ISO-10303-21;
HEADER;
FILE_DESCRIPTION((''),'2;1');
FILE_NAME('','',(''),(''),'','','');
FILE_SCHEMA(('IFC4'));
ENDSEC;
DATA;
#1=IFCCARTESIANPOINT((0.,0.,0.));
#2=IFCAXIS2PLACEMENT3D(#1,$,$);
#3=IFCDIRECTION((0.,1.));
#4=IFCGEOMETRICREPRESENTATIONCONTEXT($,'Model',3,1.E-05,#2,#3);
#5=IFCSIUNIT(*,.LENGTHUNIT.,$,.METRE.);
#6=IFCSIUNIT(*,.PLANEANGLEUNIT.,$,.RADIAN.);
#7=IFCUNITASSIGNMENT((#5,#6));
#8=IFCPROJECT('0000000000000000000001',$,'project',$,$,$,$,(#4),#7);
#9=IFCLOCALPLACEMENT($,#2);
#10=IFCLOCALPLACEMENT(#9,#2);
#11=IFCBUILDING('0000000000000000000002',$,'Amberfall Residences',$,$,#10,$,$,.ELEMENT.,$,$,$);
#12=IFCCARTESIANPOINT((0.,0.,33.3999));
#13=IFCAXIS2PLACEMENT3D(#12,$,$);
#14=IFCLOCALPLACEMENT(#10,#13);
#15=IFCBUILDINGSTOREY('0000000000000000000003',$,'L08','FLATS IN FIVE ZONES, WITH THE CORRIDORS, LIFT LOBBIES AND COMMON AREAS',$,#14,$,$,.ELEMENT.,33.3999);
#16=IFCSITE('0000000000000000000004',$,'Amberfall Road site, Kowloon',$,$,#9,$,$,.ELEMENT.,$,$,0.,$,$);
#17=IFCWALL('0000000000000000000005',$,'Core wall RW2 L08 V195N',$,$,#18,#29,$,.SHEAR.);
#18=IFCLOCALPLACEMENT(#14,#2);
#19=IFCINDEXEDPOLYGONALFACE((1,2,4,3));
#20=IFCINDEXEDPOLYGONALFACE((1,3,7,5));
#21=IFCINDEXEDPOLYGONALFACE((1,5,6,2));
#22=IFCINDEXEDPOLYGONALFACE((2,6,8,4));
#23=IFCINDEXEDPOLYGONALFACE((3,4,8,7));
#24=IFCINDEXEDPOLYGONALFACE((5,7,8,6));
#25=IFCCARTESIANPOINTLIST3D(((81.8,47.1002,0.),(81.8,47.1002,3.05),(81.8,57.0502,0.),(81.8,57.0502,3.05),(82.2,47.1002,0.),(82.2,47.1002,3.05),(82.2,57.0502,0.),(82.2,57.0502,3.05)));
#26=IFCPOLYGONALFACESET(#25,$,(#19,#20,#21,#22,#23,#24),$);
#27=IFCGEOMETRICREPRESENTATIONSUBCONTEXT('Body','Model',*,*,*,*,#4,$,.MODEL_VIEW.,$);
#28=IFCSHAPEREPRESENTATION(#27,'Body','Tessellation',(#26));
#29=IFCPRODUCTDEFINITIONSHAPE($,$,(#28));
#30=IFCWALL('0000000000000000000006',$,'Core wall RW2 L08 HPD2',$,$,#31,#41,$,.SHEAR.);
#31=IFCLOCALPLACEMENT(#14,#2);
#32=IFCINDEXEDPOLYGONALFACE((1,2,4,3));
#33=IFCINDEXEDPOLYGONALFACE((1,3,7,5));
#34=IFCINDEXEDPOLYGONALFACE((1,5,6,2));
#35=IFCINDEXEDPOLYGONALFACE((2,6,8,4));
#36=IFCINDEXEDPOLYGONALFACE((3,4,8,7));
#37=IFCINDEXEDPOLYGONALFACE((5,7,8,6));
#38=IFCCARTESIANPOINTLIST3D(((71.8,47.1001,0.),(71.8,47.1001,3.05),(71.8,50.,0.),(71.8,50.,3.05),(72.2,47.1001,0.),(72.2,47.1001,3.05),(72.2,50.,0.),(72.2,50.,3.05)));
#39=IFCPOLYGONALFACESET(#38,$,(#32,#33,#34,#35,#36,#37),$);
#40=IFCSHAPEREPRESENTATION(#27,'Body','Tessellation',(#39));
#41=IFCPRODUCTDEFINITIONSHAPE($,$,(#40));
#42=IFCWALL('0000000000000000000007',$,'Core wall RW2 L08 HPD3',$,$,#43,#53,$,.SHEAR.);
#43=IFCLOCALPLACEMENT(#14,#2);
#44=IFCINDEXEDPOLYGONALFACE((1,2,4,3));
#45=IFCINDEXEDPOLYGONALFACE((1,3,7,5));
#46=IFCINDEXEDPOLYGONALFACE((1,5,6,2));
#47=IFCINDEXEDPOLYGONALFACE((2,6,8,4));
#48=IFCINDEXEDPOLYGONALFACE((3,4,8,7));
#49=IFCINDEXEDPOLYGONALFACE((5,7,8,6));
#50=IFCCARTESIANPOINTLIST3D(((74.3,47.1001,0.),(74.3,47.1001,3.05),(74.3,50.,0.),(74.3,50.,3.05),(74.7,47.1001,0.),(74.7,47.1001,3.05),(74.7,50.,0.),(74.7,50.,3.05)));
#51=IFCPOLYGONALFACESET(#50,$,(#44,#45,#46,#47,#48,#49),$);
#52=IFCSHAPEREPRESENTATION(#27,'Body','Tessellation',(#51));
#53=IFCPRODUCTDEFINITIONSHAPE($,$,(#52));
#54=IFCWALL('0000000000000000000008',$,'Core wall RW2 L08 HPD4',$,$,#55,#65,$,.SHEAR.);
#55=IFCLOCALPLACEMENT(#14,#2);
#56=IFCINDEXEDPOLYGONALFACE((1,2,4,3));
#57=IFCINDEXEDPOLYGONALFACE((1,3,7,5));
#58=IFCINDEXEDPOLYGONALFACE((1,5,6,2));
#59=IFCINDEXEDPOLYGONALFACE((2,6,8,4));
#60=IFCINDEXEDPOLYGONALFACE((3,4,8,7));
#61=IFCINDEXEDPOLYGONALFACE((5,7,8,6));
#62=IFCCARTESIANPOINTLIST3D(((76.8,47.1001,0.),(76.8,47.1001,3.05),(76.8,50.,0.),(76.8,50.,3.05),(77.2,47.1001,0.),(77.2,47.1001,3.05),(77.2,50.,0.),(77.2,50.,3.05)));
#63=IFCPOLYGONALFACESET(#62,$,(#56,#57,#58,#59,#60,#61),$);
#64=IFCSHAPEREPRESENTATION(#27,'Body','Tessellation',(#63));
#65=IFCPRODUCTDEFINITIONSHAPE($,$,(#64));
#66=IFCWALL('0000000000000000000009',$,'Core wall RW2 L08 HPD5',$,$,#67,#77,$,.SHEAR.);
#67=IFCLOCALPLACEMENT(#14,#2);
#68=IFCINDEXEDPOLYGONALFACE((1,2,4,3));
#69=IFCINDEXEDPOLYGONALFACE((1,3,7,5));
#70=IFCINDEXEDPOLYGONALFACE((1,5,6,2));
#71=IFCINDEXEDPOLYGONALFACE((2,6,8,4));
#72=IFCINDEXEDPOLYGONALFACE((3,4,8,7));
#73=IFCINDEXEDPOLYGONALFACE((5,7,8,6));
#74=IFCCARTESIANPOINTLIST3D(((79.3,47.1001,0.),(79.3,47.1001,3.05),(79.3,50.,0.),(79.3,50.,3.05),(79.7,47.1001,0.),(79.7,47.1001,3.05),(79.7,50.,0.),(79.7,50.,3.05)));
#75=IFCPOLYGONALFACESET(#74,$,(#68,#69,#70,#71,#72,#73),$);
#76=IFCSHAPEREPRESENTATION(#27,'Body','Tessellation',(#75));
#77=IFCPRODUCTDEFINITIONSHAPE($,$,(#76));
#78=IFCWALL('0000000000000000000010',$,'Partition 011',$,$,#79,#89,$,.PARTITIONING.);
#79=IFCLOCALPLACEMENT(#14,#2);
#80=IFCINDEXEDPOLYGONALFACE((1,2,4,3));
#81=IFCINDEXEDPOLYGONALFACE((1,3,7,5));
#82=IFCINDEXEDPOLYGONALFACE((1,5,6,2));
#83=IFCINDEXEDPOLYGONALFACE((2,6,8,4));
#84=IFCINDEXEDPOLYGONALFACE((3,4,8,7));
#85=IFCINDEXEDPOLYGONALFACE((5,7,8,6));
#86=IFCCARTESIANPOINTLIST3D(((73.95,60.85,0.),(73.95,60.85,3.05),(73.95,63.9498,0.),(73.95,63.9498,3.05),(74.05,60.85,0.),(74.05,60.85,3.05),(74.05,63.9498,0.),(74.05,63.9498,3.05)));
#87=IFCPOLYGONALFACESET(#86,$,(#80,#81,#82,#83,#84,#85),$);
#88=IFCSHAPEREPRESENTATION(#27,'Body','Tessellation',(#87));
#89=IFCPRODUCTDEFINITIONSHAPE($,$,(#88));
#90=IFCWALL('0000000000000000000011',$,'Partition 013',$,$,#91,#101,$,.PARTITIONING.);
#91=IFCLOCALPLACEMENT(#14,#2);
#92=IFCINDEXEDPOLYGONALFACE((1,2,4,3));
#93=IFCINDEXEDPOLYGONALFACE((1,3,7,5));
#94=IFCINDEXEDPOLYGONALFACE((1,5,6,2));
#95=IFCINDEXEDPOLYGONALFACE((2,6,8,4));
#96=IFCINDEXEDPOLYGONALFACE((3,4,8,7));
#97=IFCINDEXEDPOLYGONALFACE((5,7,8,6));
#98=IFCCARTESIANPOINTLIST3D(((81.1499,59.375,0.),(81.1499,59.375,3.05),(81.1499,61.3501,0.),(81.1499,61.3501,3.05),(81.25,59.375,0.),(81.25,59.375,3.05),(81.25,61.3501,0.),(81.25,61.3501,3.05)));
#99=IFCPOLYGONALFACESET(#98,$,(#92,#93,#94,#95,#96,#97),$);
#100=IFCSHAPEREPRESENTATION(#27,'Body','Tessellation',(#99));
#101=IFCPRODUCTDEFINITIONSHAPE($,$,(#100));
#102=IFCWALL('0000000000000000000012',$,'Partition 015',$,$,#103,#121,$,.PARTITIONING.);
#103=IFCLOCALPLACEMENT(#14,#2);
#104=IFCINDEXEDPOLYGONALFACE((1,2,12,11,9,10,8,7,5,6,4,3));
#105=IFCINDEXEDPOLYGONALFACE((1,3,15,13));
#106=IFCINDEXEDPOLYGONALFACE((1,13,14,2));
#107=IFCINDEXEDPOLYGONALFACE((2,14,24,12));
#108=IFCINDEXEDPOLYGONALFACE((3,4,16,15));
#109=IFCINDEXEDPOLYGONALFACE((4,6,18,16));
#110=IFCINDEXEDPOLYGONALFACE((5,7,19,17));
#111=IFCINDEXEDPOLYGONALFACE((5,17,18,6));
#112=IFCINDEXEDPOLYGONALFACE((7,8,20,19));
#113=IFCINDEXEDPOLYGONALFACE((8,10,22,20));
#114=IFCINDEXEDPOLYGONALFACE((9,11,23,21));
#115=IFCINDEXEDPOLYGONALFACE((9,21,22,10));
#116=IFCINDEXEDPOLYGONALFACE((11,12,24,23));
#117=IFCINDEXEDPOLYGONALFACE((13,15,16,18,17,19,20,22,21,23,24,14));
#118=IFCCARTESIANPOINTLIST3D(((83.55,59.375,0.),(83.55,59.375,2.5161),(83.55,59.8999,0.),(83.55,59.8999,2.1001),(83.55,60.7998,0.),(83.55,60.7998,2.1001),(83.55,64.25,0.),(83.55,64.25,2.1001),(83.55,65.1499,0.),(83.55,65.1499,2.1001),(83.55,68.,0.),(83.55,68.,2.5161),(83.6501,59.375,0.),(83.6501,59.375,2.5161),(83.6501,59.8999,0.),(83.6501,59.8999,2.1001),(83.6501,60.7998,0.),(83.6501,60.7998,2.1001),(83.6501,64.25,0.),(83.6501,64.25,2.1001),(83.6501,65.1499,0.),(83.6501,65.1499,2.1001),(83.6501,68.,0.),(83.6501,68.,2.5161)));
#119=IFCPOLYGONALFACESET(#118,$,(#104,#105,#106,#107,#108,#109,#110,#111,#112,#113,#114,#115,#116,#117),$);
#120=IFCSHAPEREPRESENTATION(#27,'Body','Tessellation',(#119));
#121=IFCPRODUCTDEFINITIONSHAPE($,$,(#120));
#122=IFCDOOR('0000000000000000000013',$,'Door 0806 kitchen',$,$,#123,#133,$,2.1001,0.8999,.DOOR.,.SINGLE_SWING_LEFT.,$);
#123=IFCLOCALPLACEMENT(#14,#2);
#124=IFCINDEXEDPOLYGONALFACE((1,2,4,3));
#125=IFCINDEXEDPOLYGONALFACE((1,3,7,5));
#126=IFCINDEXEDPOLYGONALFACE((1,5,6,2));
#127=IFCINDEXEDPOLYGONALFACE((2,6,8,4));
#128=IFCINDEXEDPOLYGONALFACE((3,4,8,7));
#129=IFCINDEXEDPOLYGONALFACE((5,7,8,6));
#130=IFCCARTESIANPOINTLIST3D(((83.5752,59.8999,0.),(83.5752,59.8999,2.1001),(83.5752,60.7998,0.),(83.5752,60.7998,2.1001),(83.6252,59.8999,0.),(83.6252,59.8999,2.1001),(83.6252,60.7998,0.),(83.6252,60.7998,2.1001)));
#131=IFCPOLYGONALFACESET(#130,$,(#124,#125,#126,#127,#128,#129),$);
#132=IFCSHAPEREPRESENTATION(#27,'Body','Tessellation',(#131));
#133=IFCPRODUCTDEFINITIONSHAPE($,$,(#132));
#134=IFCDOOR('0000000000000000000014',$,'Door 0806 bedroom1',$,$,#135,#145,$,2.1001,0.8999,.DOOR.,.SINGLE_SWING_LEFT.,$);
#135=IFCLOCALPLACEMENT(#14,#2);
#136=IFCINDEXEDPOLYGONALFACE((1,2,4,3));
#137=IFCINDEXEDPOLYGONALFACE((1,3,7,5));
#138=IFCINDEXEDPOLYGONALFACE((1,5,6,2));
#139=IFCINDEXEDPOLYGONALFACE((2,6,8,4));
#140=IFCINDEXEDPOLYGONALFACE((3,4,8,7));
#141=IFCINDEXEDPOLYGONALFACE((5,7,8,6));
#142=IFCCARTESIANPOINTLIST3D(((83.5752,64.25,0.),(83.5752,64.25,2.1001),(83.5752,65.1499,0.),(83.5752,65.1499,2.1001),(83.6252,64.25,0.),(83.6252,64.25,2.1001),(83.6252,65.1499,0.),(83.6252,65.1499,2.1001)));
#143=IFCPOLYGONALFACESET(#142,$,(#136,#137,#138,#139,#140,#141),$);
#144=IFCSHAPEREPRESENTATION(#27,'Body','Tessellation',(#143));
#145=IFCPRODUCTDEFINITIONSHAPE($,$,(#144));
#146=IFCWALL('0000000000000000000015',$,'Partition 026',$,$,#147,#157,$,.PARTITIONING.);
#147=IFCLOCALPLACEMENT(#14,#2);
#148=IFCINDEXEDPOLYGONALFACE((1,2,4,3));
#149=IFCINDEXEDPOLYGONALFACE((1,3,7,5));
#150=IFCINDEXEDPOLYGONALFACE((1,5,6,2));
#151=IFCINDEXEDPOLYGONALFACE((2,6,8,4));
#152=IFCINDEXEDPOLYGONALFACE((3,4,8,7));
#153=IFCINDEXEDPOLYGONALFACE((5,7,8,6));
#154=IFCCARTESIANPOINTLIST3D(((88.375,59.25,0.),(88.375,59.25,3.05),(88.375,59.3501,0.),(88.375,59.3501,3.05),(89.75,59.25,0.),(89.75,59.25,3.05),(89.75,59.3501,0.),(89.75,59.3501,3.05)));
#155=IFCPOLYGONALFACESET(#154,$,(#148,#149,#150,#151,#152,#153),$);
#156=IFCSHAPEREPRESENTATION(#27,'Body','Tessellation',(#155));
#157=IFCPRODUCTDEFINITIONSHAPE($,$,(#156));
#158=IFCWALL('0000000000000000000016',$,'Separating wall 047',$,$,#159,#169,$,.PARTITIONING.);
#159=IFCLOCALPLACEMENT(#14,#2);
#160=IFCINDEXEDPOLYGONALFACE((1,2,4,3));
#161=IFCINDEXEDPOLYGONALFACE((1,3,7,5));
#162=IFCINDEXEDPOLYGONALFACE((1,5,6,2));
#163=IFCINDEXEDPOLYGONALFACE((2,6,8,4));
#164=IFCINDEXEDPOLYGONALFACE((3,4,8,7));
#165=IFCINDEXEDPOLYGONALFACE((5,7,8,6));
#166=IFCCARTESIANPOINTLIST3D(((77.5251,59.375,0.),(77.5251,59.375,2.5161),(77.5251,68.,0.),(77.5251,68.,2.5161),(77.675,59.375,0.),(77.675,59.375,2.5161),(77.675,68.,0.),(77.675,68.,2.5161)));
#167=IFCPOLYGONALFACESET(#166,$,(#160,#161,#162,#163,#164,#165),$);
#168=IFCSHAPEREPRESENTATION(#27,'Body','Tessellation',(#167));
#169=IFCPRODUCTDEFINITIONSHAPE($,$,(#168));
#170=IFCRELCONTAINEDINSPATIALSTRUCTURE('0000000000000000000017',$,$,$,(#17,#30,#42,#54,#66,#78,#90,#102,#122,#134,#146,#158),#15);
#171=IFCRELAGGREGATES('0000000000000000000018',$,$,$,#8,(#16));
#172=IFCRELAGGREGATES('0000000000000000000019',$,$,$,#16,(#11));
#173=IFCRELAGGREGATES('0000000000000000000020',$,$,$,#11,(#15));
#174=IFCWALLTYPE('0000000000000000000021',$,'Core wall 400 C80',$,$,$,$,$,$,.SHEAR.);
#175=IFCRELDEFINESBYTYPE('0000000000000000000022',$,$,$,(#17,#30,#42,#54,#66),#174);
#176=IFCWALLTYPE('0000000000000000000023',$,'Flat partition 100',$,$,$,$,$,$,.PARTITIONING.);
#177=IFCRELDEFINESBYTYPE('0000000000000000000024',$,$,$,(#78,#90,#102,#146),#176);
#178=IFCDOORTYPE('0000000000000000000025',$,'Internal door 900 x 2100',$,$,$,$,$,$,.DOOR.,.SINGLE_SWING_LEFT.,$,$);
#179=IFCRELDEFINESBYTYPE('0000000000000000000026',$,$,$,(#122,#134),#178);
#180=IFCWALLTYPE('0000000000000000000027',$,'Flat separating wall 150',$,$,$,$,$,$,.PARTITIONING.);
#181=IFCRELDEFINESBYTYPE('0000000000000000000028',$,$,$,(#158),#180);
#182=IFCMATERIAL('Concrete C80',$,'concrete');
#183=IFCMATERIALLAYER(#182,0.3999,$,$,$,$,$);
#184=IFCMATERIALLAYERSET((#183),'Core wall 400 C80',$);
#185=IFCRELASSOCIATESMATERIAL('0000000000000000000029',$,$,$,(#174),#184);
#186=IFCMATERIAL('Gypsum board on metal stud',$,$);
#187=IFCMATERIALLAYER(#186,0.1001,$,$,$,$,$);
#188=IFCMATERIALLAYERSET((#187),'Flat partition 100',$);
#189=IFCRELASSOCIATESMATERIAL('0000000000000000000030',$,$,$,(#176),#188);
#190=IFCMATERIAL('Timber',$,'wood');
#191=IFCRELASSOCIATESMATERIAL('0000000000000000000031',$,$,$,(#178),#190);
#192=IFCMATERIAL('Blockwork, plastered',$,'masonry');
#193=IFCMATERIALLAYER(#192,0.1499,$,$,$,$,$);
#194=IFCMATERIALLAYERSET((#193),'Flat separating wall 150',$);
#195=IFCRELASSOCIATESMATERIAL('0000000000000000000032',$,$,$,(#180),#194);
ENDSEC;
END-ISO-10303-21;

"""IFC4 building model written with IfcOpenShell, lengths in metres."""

from ifc_helpers import new_model, si_unit, direction, frame, frame_2d, origin, place, context, subcontext, project, spatial, rectangle, extrude, material, layer, layer_set, type_object, element, fill, save


model = new_model("IFC4")

# Units and contexts
model_context = context("Model", 3, precision=1e-05, world=origin(), true_north=direction((0.0, 1.0)))
body_context = subcontext(model_context, "Body", "Model", "MODEL_VIEW")
ifc_project = project(units=[si_unit("LENGTHUNIT", "METRE"), si_unit("PLANEANGLEUNIT", "RADIAN")], contexts=[model_context])

# Site, building, storey
site_placement = place(None, origin())
site = spatial("IfcSite", under=ifc_project, at=site_placement, Name="Amberfall Road site, Kowloon", CompositionType="ELEMENT", RefElevation=0.0)
building_placement = place(site_placement, origin())
building = spatial("IfcBuilding", under=site, at=building_placement, Name="Amberfall Residences", CompositionType="ELEMENT")
storey_placement = place(building_placement, frame((0.0, 0.0, 33.3999)))
storey = spatial("IfcBuildingStorey", under=building, at=storey_placement, Name="L08", Description="FLATS IN FIVE ZONES, WITH THE CORRIDORS, LIFT LOBBIES AND COMMON AREAS", CompositionType="ELEMENT", Elevation=33.3999)

# Walls
ifc_material_1 = material(Name="Concrete C80", Category="concrete")
ifc_layer_1 = layer(ifc_material_1, 0.3999)
ifc_layer_set_1 = layer_set([ifc_layer_1], Name="Core wall 400 C80")
wall_type_1 = type_object("IfcWallType", Name="Core wall 400 C80", PredefinedType="SHEAR", material=ifc_layer_set_1)
wall_1_placement = place(storey_placement, frame((82.0, 47.1001, 0.0), z_axis=(0.0, 0.0, 1.0), x_axis=(0.0, 1.0, 0.0)))
element("IfcWall", 1, at=wall_1_placement, inside=storey, type_object=wall_type_1, Name="Core wall RW2 L08 V195N", PredefinedType="SHEAR", context=body_context, shape_type="SweptSolid", body=[
    extrude(rectangle(XDim=9.95, YDim=0.3999, at=frame_2d((4.9751, 0.0))), origin(), (0.0, 0.0, 1.0), 3.05),
])
for number, where, z_axis, x_axis, name in (
    (2, (72.0, 47.1001, 0.0), (0.0, 0.0, 1.0), (0.0, 1.0, 0.0), "Core wall RW2 L08 HPD2"),
    (3, (74.5, 47.1001, 0.0), (0.0, 0.0, 1.0), (0.0, 1.0, 0.0), "Core wall RW2 L08 HPD3"),
    (4, (77.0, 47.1001, 0.0), (0.0, 0.0, 1.0), (0.0, 1.0, 0.0), "Core wall RW2 L08 HPD4"),
    (5, (79.5, 47.1001, 0.0), (0.0, 0.0, 1.0), (0.0, 1.0, 0.0), "Core wall RW2 L08 HPD5"),
):
    element("IfcWall", number, at=place(storey_placement, frame(where, z_axis=z_axis, x_axis=x_axis)), inside=storey, type_object=wall_type_1, Name=name, PredefinedType="SHEAR", context=body_context, shape_type="SweptSolid", body=[
        extrude(rectangle(XDim=2.8999, YDim=0.3999, at=frame_2d((1.45, 0.0))), origin(), (0.0, 0.0, 1.0), 3.05),
    ])
ifc_material_2 = material(Name="Gypsum board on metal stud")
ifc_layer_2 = layer(ifc_material_2, 0.1001)
ifc_layer_set_2 = layer_set([ifc_layer_2], Name="Flat partition 100")
wall_type_2 = type_object("IfcWallType", Name="Flat partition 100", PredefinedType="PARTITIONING", material=ifc_layer_set_2)
wall_2_placement = place(storey_placement, frame((74.0, 60.8501, 0.0), z_axis=(0.0, 0.0, 1.0), x_axis=(0.0, 1.0, 0.0)))
element("IfcWall", 6, at=wall_2_placement, inside=storey, type_object=wall_type_2, Name="Partition 011", PredefinedType="PARTITIONING", context=body_context, shape_type="SweptSolid", body=[
    extrude(rectangle(XDim=3.0999, YDim=0.1001, at=frame_2d((1.5498, 0.0))), origin(), (0.0, 0.0, 1.0), 3.05),
])
wall_3_placement = place(storey_placement, frame((81.2, 59.375, 0.0), z_axis=(0.0, 0.0, 1.0), x_axis=(0.0, 1.0, 0.0)))
element("IfcWall", 7, at=wall_3_placement, inside=storey, type_object=wall_type_2, Name="Partition 013", PredefinedType="PARTITIONING", context=body_context, shape_type="SweptSolid", body=[
    extrude(rectangle(XDim=1.9751, YDim=0.1001, at=frame_2d((0.9875, 0.0))), origin(), (0.0, 0.0, 1.0), 3.05),
])

# Wall, openings, doors
wall_4_placement = place(storey_placement, frame((83.6001, 59.375, 0.0), z_axis=(0.0, 0.0, 1.0), x_axis=(0.0, 1.0, 0.0)))
wall_4 = element("IfcWall", 8, at=wall_4_placement, inside=storey, type_object=wall_type_2, Name="Partition 015", PredefinedType="PARTITIONING", context=body_context, shape_type="SweptSolid", body=[
    extrude(rectangle(XDim=8.625, YDim=0.1001, at=frame_2d((4.3125, 0.0))), origin(), (0.0, 0.0, 1.0), 2.5161),
])
opening_1_placement = place(wall_4_placement, frame((0.5249, 0.0, 0.0)))
opening_1 = element("IfcOpeningElement", 9, at=opening_1_placement, cuts=wall_4, PredefinedType="OPENING", context=body_context, shape_type="SweptSolid", body=[
    extrude(rectangle(XDim=0.8999, YDim=2.1001, at=frame_2d((0.45, 1.05))), frame((0.0, 0.0601, 0.0), z_axis=(0.0, -1.0, 0.0), x_axis=(1.0, 0.0, 0.0)), (0.0, 0.0, 1.0), 0.1201),
])
opening_2_placement = place(wall_4_placement, frame((4.875, 0.0, 0.0)))
opening_2 = element("IfcOpeningElement", 10, at=opening_2_placement, cuts=wall_4, PredefinedType="OPENING", context=body_context, shape_type="SweptSolid", body=[
    extrude(rectangle(XDim=0.8999, YDim=2.1001, at=frame_2d((0.45, 1.05))), frame((0.0, 0.0601, 0.0), z_axis=(0.0, -1.0, 0.0), x_axis=(1.0, 0.0, 0.0)), (0.0, 0.0, 1.0), 0.1201),
])
ifc_material_3 = material(Name="Timber", Category="wood")
door_type_1 = type_object("IfcDoorType", Name="Internal door 900 x 2100", OperationType="SINGLE_SWING_LEFT", PredefinedType="DOOR", material=ifc_material_3)
door_1_placement = place(opening_1_placement, origin())
door_1 = element("IfcDoor", 11, at=door_1_placement, inside=storey, type_object=door_type_1, Name="Door 0806 kitchen", OperationType="SINGLE_SWING_LEFT", OverallHeight=2.1001, OverallWidth=0.8999, PredefinedType="DOOR", context=body_context, shape_type="SweptSolid", body=[
    extrude(rectangle(XDim=0.8999, YDim=2.1001, at=frame_2d((0.45, 1.05))), frame((0.0, 0.0249, 0.0), z_axis=(0.0, -1.0, 0.0), x_axis=(1.0, 0.0, 0.0)), (0.0, 0.0, 1.0), 0.05),
])
fill(opening_1, door_1)
door_2_placement = place(opening_2_placement, origin())
door_2 = element("IfcDoor", 12, at=door_2_placement, inside=storey, type_object=door_type_1, Name="Door 0806 bedroom1", OperationType="SINGLE_SWING_LEFT", OverallHeight=2.1001, OverallWidth=0.8999, PredefinedType="DOOR", context=body_context, shape_type="SweptSolid", body=[
    extrude(rectangle(XDim=0.8999, YDim=2.1001, at=frame_2d((0.45, 1.05))), frame((0.0, 0.0249, 0.0), z_axis=(0.0, -1.0, 0.0), x_axis=(1.0, 0.0, 0.0)), (0.0, 0.0, 1.0), 0.05),
])
fill(opening_2, door_2)

# Walls
wall_5_placement = place(storey_placement, frame((88.375, 59.3, 0.0), z_axis=(0.0, 0.0, 1.0), x_axis=(1.0, 0.0, 0.0)))
element("IfcWall", 13, at=wall_5_placement, inside=storey, type_object=wall_type_2, Name="Partition 026", PredefinedType="PARTITIONING", context=body_context, shape_type="SweptSolid", body=[
    extrude(rectangle(XDim=1.375, YDim=0.1001, at=frame_2d((0.6875, 0.0))), origin(), (0.0, 0.0, 1.0), 3.05),
])
ifc_material_4 = material(Name="Blockwork, plastered", Category="masonry")
ifc_layer_3 = layer(ifc_material_4, 0.1499)
ifc_layer_set_3 = layer_set([ifc_layer_3], Name="Flat separating wall 150")
wall_type_3 = type_object("IfcWallType", Name="Flat separating wall 150", PredefinedType="PARTITIONING", material=ifc_layer_set_3)
wall_6_placement = place(storey_placement, frame((77.6001, 59.375, 0.0), z_axis=(0.0, 0.0, 1.0), x_axis=(0.0, 1.0, 0.0)))
element("IfcWall", 14, at=wall_6_placement, inside=storey, type_object=wall_type_3, Name="Separating wall 047", PredefinedType="PARTITIONING", context=body_context, shape_type="SweptSolid", body=[
    extrude(rectangle(XDim=8.625, YDim=0.1499, at=frame_2d((4.3125, 0.0))), origin(), (0.0, 0.0, 1.0), 2.5161),
])

save(model, "model.ifc")
